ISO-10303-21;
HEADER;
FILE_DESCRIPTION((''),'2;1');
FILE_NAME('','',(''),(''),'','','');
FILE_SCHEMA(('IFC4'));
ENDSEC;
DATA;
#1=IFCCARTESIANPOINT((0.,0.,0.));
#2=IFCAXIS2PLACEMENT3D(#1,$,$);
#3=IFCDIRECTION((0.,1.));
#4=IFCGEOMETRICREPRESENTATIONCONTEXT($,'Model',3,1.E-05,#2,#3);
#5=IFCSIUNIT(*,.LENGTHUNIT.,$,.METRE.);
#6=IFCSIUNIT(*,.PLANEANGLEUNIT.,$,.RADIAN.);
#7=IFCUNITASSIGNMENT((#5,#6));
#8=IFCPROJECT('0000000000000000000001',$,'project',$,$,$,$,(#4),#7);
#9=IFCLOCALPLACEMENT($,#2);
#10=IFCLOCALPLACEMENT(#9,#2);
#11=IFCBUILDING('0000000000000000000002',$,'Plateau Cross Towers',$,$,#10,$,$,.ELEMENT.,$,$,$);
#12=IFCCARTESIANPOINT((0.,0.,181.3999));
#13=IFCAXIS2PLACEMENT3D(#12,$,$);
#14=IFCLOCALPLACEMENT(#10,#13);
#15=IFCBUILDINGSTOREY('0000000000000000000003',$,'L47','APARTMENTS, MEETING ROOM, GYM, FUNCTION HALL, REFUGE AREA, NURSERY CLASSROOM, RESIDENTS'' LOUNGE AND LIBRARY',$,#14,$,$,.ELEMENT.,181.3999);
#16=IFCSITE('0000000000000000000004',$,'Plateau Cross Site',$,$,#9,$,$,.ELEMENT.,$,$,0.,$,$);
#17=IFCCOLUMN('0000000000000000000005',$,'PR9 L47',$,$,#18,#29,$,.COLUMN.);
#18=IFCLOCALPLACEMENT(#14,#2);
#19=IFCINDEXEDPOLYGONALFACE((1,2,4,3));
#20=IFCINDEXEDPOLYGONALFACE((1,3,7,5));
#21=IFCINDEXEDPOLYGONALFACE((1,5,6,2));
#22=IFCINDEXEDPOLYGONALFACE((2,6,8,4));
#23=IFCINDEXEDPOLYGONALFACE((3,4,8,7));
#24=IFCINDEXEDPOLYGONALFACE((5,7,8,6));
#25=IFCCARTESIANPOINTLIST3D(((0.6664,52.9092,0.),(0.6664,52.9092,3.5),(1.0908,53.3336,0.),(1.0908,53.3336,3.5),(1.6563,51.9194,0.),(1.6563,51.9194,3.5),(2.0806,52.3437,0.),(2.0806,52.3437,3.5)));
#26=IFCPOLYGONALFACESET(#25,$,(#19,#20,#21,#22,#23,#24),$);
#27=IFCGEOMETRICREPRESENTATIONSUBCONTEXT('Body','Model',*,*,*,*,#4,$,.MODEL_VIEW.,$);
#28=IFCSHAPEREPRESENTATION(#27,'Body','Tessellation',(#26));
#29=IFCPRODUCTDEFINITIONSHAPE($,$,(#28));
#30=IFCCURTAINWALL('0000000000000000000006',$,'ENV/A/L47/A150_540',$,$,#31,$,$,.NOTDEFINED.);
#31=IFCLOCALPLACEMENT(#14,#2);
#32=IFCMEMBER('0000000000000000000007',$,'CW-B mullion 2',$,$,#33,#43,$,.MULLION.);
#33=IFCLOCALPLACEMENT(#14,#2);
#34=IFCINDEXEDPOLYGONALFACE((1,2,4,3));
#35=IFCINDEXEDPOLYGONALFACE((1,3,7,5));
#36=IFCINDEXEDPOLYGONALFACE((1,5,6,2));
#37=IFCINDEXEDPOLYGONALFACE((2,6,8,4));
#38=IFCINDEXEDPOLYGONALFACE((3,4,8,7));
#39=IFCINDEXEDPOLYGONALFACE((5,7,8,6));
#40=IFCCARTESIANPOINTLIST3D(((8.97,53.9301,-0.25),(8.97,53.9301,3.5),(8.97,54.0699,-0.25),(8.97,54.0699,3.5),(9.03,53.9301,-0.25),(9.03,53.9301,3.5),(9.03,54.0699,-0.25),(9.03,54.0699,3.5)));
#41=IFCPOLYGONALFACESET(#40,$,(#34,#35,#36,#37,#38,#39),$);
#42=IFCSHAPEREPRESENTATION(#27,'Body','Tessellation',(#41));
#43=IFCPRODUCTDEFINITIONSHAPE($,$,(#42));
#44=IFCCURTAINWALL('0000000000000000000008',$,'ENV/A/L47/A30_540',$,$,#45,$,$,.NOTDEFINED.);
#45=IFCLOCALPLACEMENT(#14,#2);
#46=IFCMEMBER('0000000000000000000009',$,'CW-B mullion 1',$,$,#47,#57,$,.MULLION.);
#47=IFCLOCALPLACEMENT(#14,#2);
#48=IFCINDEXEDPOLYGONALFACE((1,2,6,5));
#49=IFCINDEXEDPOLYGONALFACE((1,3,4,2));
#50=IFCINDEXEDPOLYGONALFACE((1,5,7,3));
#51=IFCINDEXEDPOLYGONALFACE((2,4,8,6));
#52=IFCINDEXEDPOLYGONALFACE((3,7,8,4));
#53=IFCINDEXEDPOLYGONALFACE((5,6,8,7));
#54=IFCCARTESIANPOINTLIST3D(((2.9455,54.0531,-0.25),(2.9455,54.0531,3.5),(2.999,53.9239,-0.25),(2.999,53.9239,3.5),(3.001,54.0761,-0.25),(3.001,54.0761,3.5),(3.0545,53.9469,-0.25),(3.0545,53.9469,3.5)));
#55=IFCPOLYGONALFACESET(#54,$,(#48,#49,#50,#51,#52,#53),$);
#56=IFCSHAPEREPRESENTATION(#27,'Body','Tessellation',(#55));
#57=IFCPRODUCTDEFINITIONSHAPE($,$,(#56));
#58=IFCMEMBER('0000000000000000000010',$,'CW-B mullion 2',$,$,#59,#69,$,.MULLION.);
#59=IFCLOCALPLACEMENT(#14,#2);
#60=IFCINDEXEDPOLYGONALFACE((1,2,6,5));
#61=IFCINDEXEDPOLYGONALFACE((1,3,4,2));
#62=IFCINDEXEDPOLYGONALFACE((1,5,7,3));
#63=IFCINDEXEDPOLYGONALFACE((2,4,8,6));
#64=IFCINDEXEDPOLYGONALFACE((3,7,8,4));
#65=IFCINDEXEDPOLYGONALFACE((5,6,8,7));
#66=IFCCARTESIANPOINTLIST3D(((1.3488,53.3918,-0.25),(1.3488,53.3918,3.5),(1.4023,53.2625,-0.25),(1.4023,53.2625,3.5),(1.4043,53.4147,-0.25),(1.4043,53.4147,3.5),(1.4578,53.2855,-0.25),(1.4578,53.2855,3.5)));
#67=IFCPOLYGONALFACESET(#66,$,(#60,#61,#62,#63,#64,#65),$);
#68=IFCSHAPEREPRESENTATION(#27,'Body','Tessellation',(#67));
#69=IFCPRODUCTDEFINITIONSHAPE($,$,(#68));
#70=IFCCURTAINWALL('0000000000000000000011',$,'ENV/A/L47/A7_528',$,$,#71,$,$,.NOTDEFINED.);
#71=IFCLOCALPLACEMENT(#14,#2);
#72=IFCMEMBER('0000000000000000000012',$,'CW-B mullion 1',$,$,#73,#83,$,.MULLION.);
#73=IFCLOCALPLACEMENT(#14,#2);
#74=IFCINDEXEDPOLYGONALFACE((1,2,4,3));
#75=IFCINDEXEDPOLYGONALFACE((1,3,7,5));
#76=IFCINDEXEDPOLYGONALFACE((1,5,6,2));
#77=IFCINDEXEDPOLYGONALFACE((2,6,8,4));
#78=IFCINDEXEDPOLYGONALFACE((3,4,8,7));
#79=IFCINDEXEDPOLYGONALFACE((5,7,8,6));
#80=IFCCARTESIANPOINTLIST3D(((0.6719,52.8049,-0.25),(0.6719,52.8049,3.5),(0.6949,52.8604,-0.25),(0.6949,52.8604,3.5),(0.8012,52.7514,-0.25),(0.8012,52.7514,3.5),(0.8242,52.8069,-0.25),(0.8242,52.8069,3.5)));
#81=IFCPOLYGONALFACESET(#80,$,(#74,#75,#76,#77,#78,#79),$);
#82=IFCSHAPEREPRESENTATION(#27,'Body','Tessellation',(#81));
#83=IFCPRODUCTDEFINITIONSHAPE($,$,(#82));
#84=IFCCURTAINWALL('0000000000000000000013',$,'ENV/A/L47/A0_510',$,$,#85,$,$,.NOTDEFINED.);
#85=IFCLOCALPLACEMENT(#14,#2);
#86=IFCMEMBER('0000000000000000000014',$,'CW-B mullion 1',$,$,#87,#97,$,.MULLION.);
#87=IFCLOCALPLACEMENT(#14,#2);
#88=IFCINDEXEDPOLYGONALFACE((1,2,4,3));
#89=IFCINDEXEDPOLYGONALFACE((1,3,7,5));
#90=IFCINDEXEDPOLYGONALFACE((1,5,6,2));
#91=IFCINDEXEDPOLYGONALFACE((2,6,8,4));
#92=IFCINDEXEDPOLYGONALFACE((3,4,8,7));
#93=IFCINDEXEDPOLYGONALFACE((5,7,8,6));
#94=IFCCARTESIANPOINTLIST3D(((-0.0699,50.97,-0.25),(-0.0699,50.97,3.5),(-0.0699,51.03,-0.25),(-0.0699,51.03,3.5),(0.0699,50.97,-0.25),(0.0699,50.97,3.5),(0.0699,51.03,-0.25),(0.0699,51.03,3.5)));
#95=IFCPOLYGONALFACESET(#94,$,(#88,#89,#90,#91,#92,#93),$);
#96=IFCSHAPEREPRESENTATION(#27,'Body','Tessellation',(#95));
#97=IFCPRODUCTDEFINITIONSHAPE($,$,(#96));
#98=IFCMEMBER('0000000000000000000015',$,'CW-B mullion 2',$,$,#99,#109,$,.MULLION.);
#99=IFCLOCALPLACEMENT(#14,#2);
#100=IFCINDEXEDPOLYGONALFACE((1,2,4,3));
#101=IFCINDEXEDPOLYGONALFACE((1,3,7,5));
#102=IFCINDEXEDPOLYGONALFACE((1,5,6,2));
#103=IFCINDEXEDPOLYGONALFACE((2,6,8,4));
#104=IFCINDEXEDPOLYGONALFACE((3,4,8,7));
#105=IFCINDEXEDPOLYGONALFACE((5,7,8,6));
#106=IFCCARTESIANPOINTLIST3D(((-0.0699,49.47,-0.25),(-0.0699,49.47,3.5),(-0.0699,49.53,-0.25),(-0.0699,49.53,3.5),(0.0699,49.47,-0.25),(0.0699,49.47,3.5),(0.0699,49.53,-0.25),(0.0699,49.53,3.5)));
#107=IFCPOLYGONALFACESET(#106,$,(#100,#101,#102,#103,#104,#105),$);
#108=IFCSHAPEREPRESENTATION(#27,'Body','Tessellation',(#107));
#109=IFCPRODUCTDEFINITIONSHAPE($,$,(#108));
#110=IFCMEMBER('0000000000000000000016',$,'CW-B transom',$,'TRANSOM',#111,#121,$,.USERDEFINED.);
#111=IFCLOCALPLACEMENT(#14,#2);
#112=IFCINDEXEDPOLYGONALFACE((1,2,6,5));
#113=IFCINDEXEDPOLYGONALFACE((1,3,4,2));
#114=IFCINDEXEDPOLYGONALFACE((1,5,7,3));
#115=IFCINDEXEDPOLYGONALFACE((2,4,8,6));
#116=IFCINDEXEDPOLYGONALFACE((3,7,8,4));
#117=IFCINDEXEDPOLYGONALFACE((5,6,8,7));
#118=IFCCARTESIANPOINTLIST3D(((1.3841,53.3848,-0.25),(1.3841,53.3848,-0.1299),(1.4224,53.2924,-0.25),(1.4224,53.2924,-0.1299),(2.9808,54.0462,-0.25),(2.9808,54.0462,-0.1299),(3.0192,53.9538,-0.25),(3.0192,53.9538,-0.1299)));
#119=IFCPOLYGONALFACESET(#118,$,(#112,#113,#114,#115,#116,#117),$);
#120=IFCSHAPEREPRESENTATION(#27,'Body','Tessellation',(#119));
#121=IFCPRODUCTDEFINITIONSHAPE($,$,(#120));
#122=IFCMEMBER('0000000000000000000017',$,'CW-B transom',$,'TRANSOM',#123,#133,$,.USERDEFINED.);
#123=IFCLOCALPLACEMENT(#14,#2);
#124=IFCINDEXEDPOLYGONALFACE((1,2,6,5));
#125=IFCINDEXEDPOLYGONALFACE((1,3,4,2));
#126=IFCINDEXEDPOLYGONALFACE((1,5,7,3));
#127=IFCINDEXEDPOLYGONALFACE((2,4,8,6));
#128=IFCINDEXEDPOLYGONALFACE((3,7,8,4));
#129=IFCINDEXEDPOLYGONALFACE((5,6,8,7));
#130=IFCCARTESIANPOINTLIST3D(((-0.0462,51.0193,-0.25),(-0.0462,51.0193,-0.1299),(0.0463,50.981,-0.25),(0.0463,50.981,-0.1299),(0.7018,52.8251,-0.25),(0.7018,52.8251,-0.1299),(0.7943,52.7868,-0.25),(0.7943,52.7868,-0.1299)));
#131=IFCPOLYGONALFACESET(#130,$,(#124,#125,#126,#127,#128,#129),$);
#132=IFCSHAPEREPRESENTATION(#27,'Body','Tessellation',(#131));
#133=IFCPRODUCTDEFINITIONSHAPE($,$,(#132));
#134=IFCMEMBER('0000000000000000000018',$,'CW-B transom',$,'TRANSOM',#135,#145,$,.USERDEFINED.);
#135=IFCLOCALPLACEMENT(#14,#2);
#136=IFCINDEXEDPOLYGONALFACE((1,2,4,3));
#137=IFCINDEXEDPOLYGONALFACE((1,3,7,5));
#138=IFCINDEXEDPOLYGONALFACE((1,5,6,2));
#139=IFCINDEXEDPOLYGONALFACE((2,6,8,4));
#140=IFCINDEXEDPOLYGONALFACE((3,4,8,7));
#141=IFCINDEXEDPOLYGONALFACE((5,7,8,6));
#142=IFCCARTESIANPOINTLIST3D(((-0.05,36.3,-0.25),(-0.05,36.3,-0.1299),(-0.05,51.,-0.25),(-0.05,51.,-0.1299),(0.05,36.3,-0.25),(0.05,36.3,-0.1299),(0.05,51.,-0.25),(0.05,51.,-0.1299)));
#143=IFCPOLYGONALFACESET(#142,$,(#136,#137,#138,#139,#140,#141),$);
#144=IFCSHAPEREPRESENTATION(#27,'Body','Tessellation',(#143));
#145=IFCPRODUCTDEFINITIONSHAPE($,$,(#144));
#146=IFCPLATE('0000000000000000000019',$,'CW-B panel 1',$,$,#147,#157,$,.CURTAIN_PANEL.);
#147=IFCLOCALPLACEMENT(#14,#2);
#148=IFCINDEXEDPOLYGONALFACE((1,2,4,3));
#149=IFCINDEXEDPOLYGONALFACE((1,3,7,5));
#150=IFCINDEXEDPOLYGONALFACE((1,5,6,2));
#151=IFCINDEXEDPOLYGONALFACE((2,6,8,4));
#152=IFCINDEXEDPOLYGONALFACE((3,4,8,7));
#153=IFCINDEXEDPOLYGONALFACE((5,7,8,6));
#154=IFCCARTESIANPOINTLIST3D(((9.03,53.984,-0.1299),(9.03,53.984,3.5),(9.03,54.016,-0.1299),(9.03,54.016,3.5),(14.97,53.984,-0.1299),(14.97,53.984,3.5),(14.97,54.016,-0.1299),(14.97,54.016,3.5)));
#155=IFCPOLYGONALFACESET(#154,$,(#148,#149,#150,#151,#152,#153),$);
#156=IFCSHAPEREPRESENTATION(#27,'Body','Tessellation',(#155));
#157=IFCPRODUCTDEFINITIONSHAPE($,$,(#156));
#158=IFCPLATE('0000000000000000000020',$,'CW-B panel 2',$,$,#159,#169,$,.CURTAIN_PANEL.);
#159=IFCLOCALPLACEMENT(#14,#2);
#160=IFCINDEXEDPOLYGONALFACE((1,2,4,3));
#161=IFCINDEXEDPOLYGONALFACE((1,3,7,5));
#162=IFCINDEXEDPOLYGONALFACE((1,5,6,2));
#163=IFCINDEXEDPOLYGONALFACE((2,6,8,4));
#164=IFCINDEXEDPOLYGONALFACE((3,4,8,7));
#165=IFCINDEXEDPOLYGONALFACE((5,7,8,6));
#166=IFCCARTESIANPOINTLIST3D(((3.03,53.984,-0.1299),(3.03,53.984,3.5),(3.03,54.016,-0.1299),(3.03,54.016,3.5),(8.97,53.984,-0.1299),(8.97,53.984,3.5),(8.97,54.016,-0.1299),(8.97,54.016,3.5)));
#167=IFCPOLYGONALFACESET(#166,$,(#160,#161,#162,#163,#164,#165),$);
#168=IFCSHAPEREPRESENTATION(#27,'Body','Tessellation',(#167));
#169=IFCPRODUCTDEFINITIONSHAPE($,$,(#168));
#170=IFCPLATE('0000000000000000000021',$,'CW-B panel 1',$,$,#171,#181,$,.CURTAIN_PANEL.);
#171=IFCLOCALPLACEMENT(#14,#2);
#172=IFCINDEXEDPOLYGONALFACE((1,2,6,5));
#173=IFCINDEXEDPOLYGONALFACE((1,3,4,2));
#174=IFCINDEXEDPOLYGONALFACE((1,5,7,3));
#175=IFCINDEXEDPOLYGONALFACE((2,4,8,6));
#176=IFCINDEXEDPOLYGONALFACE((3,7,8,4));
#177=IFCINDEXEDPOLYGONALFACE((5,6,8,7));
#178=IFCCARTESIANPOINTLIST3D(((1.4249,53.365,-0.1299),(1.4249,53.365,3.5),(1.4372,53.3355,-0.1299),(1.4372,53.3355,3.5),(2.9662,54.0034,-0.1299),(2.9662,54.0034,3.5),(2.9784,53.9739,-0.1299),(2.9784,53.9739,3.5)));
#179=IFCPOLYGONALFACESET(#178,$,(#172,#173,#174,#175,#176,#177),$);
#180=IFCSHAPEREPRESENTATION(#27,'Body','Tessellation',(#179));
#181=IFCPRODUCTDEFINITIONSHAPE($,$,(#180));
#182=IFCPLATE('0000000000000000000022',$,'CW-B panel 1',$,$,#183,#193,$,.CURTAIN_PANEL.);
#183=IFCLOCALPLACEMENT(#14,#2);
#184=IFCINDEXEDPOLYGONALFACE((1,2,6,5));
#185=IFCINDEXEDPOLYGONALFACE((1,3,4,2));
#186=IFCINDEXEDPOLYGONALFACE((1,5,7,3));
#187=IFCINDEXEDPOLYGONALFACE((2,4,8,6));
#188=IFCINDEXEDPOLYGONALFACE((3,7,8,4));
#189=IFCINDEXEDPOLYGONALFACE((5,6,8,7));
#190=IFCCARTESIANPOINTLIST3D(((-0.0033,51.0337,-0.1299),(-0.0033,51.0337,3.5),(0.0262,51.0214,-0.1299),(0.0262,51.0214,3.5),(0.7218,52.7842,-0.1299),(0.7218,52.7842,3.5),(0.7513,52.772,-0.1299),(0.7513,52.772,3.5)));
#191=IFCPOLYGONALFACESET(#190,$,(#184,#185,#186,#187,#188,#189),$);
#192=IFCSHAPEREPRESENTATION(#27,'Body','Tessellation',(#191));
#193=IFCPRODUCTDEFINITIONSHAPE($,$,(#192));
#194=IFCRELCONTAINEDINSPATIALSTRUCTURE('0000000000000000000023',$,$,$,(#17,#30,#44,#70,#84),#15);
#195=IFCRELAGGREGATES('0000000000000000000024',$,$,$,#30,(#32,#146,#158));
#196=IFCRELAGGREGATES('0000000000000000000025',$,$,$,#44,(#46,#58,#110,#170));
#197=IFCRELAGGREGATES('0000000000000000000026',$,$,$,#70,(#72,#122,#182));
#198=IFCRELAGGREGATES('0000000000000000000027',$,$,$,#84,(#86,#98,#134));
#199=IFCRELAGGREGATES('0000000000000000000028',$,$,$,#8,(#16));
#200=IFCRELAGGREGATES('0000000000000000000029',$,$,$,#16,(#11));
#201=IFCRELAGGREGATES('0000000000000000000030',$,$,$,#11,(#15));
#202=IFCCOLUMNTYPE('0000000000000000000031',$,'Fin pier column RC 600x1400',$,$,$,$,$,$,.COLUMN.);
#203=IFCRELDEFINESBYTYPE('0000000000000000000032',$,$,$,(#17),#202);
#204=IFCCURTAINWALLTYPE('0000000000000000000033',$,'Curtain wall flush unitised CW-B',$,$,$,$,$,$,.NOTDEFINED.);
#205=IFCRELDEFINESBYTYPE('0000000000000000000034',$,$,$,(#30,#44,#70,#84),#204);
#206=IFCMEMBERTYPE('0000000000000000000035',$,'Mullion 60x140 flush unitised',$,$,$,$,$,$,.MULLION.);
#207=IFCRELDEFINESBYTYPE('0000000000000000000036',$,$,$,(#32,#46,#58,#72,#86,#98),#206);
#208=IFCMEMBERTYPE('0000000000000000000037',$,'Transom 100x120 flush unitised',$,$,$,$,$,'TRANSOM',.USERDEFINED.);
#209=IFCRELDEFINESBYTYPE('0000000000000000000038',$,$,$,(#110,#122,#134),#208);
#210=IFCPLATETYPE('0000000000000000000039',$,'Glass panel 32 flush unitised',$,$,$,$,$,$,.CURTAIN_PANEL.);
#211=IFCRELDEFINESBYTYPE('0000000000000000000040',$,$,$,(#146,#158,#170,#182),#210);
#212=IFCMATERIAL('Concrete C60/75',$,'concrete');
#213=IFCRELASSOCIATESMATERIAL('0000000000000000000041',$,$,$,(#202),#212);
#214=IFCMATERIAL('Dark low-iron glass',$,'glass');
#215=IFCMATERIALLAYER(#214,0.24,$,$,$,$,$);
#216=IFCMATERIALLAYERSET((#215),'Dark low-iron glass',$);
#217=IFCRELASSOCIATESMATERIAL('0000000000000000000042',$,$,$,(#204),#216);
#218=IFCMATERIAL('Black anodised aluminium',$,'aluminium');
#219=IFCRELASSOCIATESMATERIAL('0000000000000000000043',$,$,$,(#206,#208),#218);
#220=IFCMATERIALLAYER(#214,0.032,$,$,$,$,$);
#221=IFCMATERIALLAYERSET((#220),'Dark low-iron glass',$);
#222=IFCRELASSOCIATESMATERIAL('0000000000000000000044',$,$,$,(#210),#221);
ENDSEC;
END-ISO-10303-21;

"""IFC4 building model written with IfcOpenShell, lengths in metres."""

from ifc_helpers import new_model, si_unit, direction, frame, origin, origin_2d, place, context, subcontext, project, spatial, rectangle, extrude, material, layer, layer_set, material_profile, profile_set, type_object, element, aggregate, save


model = new_model("IFC4")

# Units and contexts
model_context = context("Model", 3, precision=1e-05, world=origin(), true_north=direction((0.0, 1.0)))
body_context = subcontext(model_context, "Body", "Model", "MODEL_VIEW")
ifc_project = project(units=[si_unit("LENGTHUNIT", "METRE"), si_unit("PLANEANGLEUNIT", "RADIAN")], contexts=[model_context])

# Site, building, storey
site_placement = place(None, origin())
site = spatial("IfcSite", under=ifc_project, at=site_placement, Name="Plateau Cross Site", CompositionType="ELEMENT", RefElevation=0.0)
building_placement = place(site_placement, origin())
building = spatial("IfcBuilding", under=site, at=building_placement, Name="Plateau Cross Towers", CompositionType="ELEMENT")
storey_placement = place(building_placement, frame((0.0, 0.0, 181.3999)))
storey = spatial("IfcBuildingStorey", under=building, at=storey_placement, Name="L47", Description="APARTMENTS, MEETING ROOM, GYM, FUNCTION HALL, REFUGE AREA, NURSERY CLASSROOM, RESIDENTS' LOUNGE AND LIBRARY", CompositionType="ELEMENT", Elevation=181.3999)

# Column
ifc_material_1 = material(Name="Concrete C60/75", Category="concrete")
ifc_material_profile_1 = material_profile(ifc_material_1, rectangle(XDim=0.6001, YDim=1.3999, at=origin_2d()), Name="RC 600x1400")
ifc_profile_set_1 = profile_set([ifc_material_profile_1], Name="Concrete C60/75")
column_type = type_object("IfcColumnType", Name="Fin pier column RC 600x1400", PredefinedType="COLUMN", material=ifc_profile_set_1)
column_placement = place(storey_placement, frame((1.3735, 52.6265, 0.0), z_axis=(0.0, 0.0, 1.0), x_axis=(0.707107, 0.707107, 0.0)))
element("IfcColumn", 1, at=column_placement, inside=storey, type_object=column_type, Name="PR9 L47", PredefinedType="COLUMN", context=body_context, shape_type="SweptSolid", body=[
    extrude(rectangle(XDim=0.6001, YDim=1.3999, at=origin_2d()), origin(), (0.0, 0.0, 1.0), 3.5),
])

# Curtain wall, member
ifc_material_2 = material(Name="Dark low-iron glass", Category="glass")
ifc_layer_1 = layer(ifc_material_2, 0.24)
ifc_layer_set_1 = layer_set([ifc_layer_1], Name="Dark low-iron glass")
curtain_wall_type = type_object("IfcCurtainWallType", Name="Curtain wall flush unitised CW-B", PredefinedType="NOTDEFINED", material=ifc_layer_set_1)
curtain_wall_1_placement = place(storey_placement, origin())
curtain_wall_1 = element("IfcCurtainWall", 2, at=curtain_wall_1_placement, inside=storey, type_object=curtain_wall_type, Name="ENV/A/L47/A150_540", PredefinedType="NOTDEFINED")
ifc_material_3 = material(Name="Black anodised aluminium", Category="aluminium")
ifc_material_profile_2 = material_profile(ifc_material_3, rectangle(XDim=0.0601, YDim=0.1399, at=origin_2d()), Name="MULLION 60x140")
ifc_profile_set_2 = profile_set([ifc_material_profile_2], Name="Black anodised aluminium")
member_type_1 = type_object("IfcMemberType", Name="Mullion 60x140 flush unitised", PredefinedType="MULLION", material=ifc_profile_set_2)
member_1_placement = place(storey_placement, frame((9.0, 54.0, -0.25), z_axis=(0.0, 0.0, 1.0), x_axis=(-1.0, 0.0, 0.0)))
member_1 = element("IfcMember", 3, at=member_1_placement, type_object=member_type_1, Name="CW-B mullion 2", PredefinedType="MULLION", context=body_context, shape_type="SweptSolid", body=[
    extrude(rectangle(XDim=0.0601, YDim=0.1399, at=origin_2d()), origin(), (0.0, 0.0, 1.0), 3.75),
])

# Curtain wall, members
curtain_wall_2_placement = place(storey_placement, origin())
curtain_wall_2 = element("IfcCurtainWall", 4, at=curtain_wall_2_placement, inside=storey, type_object=curtain_wall_type, Name="ENV/A/L47/A30_540", PredefinedType="NOTDEFINED")
member_2_placement = place(storey_placement, frame((3.0, 54.0, -0.25), z_axis=(0.0, 0.0, 1.0), x_axis=(-0.923879, -0.382684, 0.0)))
member_2 = element("IfcMember", 5, at=member_2_placement, type_object=member_type_1, Name="CW-B mullion 1", PredefinedType="MULLION", context=body_context, shape_type="SweptSolid", body=[
    extrude(rectangle(XDim=0.0601, YDim=0.1399, at=origin_2d()), origin(), (0.0, 0.0, 1.0), 3.75),
])
member_3_placement = place(storey_placement, frame((1.4033, 53.3386, -0.25), z_axis=(0.0, 0.0, 1.0), x_axis=(-0.923879, -0.382684, 0.0)))
member_3 = element("IfcMember", 6, at=member_3_placement, type_object=member_type_1, Name="CW-B mullion 2", PredefinedType="MULLION", context=body_context, shape_type="SweptSolid", body=[
    extrude(rectangle(XDim=0.0601, YDim=0.1399, at=origin_2d()), origin(), (0.0, 0.0, 1.0), 3.75),
])

# Curtain wall, member
curtain_wall_3_placement = place(storey_placement, origin())
curtain_wall_3 = element("IfcCurtainWall", 7, at=curtain_wall_3_placement, inside=storey, type_object=curtain_wall_type, Name="ENV/A/L47/A7_528", PredefinedType="NOTDEFINED")
member_4_placement = place(storey_placement, frame((0.748, 52.8059, -0.25), z_axis=(0.0, 0.0, 1.0), x_axis=(-0.382684, -0.923879, 0.0)))
member_4 = element("IfcMember", 8, at=member_4_placement, type_object=member_type_1, Name="CW-B mullion 1", PredefinedType="MULLION", context=body_context, shape_type="SweptSolid", body=[
    extrude(rectangle(XDim=0.0601, YDim=0.1399, at=origin_2d()), origin(), (0.0, 0.0, 1.0), 3.75),
])

# Curtain wall, members
curtain_wall_4_placement = place(storey_placement, origin())
curtain_wall_4 = element("IfcCurtainWall", 9, at=curtain_wall_4_placement, inside=storey, type_object=curtain_wall_type, Name="ENV/A/L47/A0_510", PredefinedType="NOTDEFINED")
member_5_placement = place(storey_placement, frame((0.0, 51.0, -0.25), z_axis=(0.0, 0.0, 1.0), x_axis=(0.0, -1.0, 0.0)))
member_5 = element("IfcMember", 10, at=member_5_placement, type_object=member_type_1, Name="CW-B mullion 1", PredefinedType="MULLION", context=body_context, shape_type="SweptSolid", body=[
    extrude(rectangle(XDim=0.0601, YDim=0.1399, at=origin_2d()), origin(), (0.0, 0.0, 1.0), 3.75),
])
member_6_placement = place(storey_placement, frame((0.0, 49.5, -0.25), z_axis=(0.0, 0.0, 1.0), x_axis=(0.0, -1.0, 0.0)))
member_6 = element("IfcMember", 11, at=member_6_placement, type_object=member_type_1, Name="CW-B mullion 2", PredefinedType="MULLION", context=body_context, shape_type="SweptSolid", body=[
    extrude(rectangle(XDim=0.0601, YDim=0.1399, at=origin_2d()), origin(), (0.0, 0.0, 1.0), 3.75),
])

# Members
ifc_material_profile_3 = material_profile(ifc_material_3, rectangle(XDim=0.1001, YDim=0.1201, at=origin_2d()), Name="TRANSOM 100x120")
ifc_profile_set_3 = profile_set([ifc_material_profile_3], Name="Black anodised aluminium")
member_type_2 = type_object("IfcMemberType", Name="Transom 100x120 flush unitised", ElementType="TRANSOM", PredefinedType="USERDEFINED", material=ifc_profile_set_3)
member_7_placement = place(storey_placement, frame((3.0, 54.0, -0.1899), z_axis=(-0.923877, -0.382689, 0.0), x_axis=(0.382689, -0.923877, 0.0)))
member_7 = element("IfcMember", 12, at=member_7_placement, type_object=member_type_2, Name="CW-B transom", ObjectType="TRANSOM", PredefinedType="USERDEFINED", context=body_context, shape_type="SweptSolid", body=[
    extrude(rectangle(XDim=0.1001, YDim=0.1201, at=origin_2d()), origin(), (0.0, 0.0, 1.0), 1.7283),
])
member_8_placement = place(storey_placement, frame((0.748, 52.8059, -0.1899), z_axis=(-0.38269, -0.923877, 0.0), x_axis=(0.923877, -0.38269, 0.0)))
member_8 = element("IfcMember", 13, at=member_8_placement, type_object=member_type_2, Name="CW-B transom", ObjectType="TRANSOM", PredefinedType="USERDEFINED", context=body_context, shape_type="SweptSolid", body=[
    extrude(rectangle(XDim=0.1001, YDim=0.1201, at=origin_2d()), origin(), (0.0, 0.0, 1.0), 1.9546),
])
member_9_placement = place(storey_placement, frame((0.0, 51.0, -0.1899), z_axis=(0.0, -1.0, 0.0), x_axis=(1.0, 0.0, 0.0)))
member_9 = element("IfcMember", 14, at=member_9_placement, type_object=member_type_2, Name="CW-B transom", ObjectType="TRANSOM", PredefinedType="USERDEFINED", context=body_context, shape_type="SweptSolid", body=[
    extrude(rectangle(XDim=0.1001, YDim=0.1201, at=origin_2d()), origin(), (0.0, 0.0, 1.0), 14.7),
])

# Plates
ifc_layer_2 = layer(ifc_material_2, 0.032)
ifc_layer_set_2 = layer_set([ifc_layer_2], Name="Dark low-iron glass")
plate_type = type_object("IfcPlateType", Name="Glass panel 32 flush unitised", PredefinedType="CURTAIN_PANEL", material=ifc_layer_set_2)
plate_1_placement = place(storey_placement, frame((12.0, 54.0, -0.1299), z_axis=(0.0, 0.0, 1.0), x_axis=(-1.0, 0.0, 0.0)))
plate_1 = element("IfcPlate", 15, at=plate_1_placement, type_object=plate_type, Name="CW-B panel 1", PredefinedType="CURTAIN_PANEL", context=body_context, shape_type="SweptSolid", body=[
    extrude(rectangle(XDim=5.9399, YDim=0.032, at=origin_2d()), origin(), (0.0, 0.0, 1.0), 3.6299),
])
plate_2_placement = place(storey_placement, frame((6.0, 54.0, -0.1299), z_axis=(0.0, 0.0, 1.0), x_axis=(-1.0, 0.0, 0.0)))
plate_2 = element("IfcPlate", 16, at=plate_2_placement, type_object=plate_type, Name="CW-B panel 2", PredefinedType="CURTAIN_PANEL", context=body_context, shape_type="SweptSolid", body=[
    extrude(rectangle(XDim=5.9399, YDim=0.032, at=origin_2d()), origin(), (0.0, 0.0, 1.0), 3.6299),
])
aggregate(curtain_wall_1, [member_1, plate_1, plate_2])
plate_3_placement = place(storey_placement, frame((2.2017, 53.6694, -0.1299), z_axis=(0.0, 0.0, 1.0), x_axis=(-0.923879, -0.382684, 0.0)))
plate_3 = element("IfcPlate", 17, at=plate_3_placement, type_object=plate_type, Name="CW-B panel 1", PredefinedType="CURTAIN_PANEL", context=body_context, shape_type="SweptSolid", body=[
    extrude(rectangle(XDim=1.6682, YDim=0.032, at=origin_2d()), origin(), (0.0, 0.0, 1.0), 3.6299),
])
aggregate(curtain_wall_2, [member_2, member_3, member_7, plate_3])
plate_4_placement = place(storey_placement, frame((0.374, 51.9028, -0.1299), z_axis=(0.0, 0.0, 1.0), x_axis=(-0.382684, -0.923879, 0.0)))
plate_4 = element("IfcPlate", 18, at=plate_4_placement, type_object=plate_type, Name="CW-B panel 1", PredefinedType="CURTAIN_PANEL", context=body_context, shape_type="SweptSolid", body=[
    extrude(rectangle(XDim=1.8948, YDim=0.032, at=origin_2d()), origin(), (0.0, 0.0, 1.0), 3.6299),
])
aggregate(curtain_wall_3, [member_4, member_8, plate_4])
aggregate(curtain_wall_4, [member_5, member_6, member_9])

save(model, "model.ifc")
